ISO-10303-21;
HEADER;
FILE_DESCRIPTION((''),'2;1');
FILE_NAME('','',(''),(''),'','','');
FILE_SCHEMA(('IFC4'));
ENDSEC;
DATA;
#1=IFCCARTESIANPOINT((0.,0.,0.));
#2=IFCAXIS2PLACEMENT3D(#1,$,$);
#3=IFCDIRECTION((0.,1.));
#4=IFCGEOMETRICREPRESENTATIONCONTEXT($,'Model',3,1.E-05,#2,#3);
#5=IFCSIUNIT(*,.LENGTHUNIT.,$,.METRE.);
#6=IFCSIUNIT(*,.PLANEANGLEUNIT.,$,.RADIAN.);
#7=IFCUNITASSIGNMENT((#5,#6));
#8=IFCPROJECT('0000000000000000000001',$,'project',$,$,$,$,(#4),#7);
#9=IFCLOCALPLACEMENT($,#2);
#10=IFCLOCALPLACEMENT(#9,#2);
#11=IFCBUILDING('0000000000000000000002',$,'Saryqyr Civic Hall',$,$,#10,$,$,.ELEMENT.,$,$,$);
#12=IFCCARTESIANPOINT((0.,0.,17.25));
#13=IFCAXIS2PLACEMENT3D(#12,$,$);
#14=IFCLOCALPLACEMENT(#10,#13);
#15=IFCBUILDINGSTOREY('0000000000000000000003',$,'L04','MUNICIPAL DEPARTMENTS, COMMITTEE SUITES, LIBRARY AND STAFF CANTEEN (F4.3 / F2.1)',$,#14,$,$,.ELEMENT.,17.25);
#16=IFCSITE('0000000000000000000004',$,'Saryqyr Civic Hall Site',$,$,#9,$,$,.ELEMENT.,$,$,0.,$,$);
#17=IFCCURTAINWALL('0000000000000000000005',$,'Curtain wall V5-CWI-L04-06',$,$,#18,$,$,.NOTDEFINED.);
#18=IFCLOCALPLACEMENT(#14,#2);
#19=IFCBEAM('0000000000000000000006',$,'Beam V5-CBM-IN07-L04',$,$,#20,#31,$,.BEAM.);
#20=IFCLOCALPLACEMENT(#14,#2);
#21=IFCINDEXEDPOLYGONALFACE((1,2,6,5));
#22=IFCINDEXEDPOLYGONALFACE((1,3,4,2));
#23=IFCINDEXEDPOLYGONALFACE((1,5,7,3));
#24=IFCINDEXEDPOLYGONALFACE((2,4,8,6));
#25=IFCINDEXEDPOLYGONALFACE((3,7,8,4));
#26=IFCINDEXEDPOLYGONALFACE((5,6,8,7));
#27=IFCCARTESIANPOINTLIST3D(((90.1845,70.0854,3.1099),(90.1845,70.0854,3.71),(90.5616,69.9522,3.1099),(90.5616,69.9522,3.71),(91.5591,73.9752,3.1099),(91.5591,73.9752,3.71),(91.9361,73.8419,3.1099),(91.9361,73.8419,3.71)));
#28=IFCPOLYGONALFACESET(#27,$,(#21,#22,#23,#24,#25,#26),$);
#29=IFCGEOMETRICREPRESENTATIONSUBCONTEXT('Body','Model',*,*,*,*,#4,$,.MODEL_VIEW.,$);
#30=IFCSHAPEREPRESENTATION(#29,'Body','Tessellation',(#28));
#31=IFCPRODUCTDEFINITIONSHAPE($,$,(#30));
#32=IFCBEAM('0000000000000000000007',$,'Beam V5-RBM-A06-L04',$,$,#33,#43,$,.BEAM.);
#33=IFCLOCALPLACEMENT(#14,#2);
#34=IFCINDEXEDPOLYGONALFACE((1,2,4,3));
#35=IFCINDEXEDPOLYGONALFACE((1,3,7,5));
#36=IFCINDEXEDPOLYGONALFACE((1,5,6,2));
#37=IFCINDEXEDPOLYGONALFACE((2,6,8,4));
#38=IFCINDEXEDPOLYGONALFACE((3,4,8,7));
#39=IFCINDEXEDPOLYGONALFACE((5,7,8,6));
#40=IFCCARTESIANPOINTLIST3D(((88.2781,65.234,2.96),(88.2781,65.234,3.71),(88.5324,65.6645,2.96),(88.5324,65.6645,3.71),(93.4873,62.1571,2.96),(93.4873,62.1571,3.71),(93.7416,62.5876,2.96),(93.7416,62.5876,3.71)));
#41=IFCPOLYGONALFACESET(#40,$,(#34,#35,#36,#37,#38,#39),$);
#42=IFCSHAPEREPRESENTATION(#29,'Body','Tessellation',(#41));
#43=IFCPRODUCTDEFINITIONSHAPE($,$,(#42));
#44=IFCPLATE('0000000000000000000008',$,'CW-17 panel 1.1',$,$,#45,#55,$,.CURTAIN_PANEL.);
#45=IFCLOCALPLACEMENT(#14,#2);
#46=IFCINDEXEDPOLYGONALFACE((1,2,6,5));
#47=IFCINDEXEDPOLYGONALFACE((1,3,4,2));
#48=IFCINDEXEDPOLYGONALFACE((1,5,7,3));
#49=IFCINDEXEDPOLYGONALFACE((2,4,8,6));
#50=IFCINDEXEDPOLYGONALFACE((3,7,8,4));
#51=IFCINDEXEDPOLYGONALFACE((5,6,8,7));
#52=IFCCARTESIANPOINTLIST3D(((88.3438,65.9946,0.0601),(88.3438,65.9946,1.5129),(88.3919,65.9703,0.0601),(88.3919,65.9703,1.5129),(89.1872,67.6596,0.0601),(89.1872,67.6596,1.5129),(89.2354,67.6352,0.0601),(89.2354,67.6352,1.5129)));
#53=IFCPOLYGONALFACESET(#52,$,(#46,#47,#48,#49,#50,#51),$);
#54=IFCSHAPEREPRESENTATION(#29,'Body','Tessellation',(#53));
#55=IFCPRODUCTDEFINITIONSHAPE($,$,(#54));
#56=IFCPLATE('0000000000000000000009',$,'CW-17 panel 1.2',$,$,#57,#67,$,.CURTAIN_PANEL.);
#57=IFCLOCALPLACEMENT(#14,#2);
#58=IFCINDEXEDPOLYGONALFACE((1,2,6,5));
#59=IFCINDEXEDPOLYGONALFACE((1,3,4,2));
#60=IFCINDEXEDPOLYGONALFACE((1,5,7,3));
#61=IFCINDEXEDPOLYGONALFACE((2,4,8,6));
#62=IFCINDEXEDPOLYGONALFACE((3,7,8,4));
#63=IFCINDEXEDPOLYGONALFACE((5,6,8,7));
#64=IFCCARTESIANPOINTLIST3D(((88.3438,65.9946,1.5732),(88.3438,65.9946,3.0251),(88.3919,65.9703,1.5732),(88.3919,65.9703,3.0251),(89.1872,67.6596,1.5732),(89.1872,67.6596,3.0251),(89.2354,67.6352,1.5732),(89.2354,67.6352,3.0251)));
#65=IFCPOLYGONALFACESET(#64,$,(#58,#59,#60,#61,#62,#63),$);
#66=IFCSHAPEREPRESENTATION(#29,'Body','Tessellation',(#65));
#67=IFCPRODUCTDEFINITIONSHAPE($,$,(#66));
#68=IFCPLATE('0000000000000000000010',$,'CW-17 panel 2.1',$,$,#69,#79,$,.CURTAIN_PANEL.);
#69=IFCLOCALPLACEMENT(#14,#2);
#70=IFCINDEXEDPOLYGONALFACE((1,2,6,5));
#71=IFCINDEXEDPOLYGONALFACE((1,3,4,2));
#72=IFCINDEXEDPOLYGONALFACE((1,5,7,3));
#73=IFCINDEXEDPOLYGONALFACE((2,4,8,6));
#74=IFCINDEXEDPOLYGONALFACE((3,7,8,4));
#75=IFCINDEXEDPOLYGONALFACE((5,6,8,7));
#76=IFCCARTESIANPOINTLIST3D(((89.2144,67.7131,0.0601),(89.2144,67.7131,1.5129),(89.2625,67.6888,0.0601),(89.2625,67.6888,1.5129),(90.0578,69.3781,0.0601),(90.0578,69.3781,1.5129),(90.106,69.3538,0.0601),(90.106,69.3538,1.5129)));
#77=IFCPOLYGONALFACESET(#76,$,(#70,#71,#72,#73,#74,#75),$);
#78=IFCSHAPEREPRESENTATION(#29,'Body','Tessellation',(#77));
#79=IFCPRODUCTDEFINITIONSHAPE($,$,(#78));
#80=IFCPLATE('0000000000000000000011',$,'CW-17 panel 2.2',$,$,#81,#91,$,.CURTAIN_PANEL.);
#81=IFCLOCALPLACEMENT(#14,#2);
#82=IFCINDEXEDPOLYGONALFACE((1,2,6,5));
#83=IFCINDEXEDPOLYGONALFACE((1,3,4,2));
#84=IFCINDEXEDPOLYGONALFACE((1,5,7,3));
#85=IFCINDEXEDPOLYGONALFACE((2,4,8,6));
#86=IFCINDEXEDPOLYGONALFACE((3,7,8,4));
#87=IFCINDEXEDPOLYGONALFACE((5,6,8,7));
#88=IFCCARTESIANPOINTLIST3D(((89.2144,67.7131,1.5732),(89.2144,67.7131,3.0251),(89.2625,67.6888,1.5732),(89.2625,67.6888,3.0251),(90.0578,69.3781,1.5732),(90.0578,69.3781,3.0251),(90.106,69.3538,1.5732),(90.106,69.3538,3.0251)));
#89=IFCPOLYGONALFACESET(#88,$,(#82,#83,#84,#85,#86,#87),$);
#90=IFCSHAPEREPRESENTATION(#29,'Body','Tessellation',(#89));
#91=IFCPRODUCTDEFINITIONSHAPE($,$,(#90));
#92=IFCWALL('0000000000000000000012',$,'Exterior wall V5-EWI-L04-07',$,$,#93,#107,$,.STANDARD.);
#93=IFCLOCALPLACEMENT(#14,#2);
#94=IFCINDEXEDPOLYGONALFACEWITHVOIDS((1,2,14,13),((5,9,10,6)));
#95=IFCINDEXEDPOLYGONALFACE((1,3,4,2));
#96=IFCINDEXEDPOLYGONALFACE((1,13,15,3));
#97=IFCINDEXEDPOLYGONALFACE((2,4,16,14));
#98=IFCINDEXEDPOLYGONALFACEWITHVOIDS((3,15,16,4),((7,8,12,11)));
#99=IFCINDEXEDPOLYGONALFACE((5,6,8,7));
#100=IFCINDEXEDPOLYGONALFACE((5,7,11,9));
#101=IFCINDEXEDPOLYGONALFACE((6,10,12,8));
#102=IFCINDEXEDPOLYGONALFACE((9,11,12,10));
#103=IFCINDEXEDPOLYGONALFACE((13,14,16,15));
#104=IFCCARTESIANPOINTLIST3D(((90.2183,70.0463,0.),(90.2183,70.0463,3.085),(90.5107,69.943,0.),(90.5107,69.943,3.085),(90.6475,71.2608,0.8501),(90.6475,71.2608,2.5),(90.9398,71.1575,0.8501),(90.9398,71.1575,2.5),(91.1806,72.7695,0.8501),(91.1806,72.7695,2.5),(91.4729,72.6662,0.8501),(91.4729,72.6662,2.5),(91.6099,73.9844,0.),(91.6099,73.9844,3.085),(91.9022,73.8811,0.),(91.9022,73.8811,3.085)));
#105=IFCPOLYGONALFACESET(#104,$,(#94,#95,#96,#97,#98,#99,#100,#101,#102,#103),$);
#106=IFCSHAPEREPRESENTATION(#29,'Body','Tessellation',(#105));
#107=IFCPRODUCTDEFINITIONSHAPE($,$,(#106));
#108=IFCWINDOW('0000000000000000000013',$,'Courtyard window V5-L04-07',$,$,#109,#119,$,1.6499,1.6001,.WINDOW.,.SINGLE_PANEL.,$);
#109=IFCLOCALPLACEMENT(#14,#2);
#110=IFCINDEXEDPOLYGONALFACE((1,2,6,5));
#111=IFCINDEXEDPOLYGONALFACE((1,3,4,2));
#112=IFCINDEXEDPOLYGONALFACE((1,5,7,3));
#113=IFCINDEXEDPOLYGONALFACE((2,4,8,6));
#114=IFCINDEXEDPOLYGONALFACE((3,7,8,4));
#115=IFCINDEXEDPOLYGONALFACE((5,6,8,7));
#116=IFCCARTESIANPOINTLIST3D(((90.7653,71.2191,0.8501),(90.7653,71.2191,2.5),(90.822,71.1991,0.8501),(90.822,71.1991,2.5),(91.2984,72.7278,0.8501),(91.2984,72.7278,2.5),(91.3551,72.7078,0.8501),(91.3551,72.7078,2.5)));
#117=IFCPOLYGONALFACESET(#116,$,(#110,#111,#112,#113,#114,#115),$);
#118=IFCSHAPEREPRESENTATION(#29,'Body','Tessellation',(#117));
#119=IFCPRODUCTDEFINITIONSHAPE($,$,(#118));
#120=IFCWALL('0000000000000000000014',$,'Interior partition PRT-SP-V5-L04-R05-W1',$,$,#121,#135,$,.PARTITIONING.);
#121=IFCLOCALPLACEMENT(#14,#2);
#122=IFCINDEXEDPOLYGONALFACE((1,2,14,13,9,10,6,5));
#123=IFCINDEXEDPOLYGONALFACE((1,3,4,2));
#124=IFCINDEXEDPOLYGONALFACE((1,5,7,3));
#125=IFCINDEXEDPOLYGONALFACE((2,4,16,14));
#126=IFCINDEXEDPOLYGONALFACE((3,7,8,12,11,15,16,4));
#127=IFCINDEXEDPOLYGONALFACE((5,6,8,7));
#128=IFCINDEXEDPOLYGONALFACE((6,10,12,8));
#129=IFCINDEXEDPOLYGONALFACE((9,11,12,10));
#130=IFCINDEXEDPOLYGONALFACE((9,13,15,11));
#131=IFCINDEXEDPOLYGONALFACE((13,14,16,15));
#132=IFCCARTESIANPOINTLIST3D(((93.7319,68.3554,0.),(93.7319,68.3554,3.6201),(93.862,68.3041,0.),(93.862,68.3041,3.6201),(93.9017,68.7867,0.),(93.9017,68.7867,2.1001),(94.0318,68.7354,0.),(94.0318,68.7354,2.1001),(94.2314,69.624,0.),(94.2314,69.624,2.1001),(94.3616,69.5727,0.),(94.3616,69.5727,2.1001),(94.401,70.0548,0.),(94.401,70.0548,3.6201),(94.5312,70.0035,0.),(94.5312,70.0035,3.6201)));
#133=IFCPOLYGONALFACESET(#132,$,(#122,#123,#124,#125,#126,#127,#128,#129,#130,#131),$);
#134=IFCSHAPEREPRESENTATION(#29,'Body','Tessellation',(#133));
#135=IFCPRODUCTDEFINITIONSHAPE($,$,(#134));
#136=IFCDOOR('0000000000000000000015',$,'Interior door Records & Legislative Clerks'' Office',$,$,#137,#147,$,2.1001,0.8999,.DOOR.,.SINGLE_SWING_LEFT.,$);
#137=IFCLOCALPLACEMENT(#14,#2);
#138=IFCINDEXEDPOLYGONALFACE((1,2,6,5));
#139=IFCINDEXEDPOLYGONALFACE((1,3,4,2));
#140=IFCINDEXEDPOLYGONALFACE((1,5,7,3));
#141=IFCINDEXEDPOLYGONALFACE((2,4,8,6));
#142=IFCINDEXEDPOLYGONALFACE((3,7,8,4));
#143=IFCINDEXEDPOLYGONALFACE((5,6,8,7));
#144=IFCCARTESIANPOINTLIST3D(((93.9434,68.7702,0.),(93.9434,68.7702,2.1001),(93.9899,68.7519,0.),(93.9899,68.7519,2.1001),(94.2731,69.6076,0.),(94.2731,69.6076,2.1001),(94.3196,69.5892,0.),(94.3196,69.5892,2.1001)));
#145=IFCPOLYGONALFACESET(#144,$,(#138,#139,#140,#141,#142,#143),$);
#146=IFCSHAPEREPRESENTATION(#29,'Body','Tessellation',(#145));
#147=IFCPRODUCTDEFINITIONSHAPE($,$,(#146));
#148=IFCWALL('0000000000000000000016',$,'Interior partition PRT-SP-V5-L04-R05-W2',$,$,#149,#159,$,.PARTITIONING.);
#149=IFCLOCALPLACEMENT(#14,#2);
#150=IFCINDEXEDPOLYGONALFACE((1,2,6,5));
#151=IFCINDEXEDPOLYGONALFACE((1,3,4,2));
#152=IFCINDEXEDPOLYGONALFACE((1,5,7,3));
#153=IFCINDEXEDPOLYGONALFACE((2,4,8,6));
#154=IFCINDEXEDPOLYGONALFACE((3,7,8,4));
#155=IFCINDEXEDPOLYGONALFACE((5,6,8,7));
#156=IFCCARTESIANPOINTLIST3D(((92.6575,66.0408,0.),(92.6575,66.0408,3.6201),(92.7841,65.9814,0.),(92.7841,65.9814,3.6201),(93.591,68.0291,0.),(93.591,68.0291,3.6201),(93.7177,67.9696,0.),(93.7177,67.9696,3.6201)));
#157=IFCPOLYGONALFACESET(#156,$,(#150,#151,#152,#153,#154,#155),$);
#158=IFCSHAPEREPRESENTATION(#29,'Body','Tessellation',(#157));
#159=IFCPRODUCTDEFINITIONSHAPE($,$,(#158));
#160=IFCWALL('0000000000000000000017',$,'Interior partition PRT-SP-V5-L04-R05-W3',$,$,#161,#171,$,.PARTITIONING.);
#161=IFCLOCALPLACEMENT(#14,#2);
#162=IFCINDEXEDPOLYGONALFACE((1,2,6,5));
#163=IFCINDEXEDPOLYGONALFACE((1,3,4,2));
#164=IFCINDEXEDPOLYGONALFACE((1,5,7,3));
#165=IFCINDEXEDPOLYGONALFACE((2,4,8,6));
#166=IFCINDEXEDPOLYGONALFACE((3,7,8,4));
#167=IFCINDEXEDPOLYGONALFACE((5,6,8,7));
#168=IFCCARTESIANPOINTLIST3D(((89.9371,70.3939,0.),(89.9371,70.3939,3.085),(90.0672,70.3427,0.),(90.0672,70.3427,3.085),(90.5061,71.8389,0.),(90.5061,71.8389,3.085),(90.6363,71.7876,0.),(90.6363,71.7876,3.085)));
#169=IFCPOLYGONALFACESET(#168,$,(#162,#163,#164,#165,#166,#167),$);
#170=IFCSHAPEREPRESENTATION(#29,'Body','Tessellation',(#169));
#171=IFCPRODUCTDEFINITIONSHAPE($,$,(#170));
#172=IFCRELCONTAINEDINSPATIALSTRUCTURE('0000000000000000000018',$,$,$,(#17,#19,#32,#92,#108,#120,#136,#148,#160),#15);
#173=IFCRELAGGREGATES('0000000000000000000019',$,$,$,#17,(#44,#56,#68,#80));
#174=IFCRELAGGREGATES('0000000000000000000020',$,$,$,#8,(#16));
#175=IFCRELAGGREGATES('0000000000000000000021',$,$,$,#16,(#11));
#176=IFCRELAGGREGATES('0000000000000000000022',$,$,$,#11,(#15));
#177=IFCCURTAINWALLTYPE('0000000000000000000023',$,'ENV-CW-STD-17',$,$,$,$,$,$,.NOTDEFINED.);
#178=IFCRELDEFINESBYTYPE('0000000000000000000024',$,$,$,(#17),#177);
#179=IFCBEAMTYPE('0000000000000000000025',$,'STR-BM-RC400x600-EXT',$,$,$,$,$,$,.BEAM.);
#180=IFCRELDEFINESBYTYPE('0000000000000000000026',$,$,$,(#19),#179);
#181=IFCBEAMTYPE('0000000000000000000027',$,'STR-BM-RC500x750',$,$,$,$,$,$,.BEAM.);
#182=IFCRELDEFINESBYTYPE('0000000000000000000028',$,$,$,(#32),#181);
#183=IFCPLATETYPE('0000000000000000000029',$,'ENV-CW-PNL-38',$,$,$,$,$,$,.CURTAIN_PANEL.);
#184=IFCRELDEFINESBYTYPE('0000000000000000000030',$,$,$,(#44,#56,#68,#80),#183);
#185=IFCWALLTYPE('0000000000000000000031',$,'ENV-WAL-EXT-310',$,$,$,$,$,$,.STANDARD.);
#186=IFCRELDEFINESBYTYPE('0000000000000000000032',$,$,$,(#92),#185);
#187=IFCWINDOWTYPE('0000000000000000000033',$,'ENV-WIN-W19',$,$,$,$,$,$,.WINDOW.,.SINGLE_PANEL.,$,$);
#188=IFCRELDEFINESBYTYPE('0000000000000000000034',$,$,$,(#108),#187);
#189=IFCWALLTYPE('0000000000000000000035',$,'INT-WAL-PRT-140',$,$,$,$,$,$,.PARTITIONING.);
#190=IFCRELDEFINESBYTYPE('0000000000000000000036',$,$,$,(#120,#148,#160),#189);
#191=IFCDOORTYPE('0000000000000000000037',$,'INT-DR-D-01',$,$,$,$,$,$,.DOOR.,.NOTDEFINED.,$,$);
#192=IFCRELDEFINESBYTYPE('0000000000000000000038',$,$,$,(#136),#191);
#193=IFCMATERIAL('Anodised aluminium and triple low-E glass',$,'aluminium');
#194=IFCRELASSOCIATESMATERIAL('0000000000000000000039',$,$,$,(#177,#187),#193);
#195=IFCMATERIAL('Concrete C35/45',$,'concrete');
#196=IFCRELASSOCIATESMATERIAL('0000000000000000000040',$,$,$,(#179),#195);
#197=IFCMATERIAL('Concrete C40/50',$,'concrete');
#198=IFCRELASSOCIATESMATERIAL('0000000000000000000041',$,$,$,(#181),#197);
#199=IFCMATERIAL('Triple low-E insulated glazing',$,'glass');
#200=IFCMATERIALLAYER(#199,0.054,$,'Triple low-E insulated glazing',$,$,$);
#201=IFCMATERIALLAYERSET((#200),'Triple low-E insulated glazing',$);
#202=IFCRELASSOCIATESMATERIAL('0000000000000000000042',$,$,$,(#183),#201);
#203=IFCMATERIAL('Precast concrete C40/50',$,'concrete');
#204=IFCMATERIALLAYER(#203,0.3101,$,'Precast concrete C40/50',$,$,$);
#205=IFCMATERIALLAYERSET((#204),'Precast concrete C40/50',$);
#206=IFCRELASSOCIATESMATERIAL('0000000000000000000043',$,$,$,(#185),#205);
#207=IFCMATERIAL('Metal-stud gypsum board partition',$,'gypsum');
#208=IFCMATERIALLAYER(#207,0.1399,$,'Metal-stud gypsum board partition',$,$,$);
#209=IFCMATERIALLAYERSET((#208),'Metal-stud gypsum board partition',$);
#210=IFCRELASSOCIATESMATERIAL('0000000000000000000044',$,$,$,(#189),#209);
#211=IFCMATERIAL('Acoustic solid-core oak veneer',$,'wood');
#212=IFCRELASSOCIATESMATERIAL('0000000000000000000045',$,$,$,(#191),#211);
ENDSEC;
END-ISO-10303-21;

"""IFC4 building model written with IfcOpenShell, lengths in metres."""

from ifc_helpers import new_model, si_unit, direction, frame, frame_2d, origin, origin_2d, place, context, subcontext, project, spatial, rectangle, extrude, material, layer, layer_set, material_profile, profile_set, type_object, element, fill, aggregate, save


model = new_model("IFC4")

# Units and contexts
model_context = context("Model", 3, precision=1e-05, world=origin(), true_north=direction((0.0, 1.0)))
body_context = subcontext(model_context, "Body", "Model", "MODEL_VIEW")
ifc_project = project(units=[si_unit("LENGTHUNIT", "METRE"), si_unit("PLANEANGLEUNIT", "RADIAN")], contexts=[model_context])

# Site, building, storey
site_placement = place(None, origin())
site = spatial("IfcSite", under=ifc_project, at=site_placement, Name="Saryqyr Civic Hall Site", CompositionType="ELEMENT", RefElevation=0.0)
building_placement = place(site_placement, origin())
building = spatial("IfcBuilding", under=site, at=building_placement, Name="Saryqyr Civic Hall", CompositionType="ELEMENT")
storey_placement = place(building_placement, frame((0.0, 0.0, 17.25)))
storey = spatial("IfcBuildingStorey", under=building, at=storey_placement, Name="L04", Description="MUNICIPAL DEPARTMENTS, COMMITTEE SUITES, LIBRARY AND STAFF CANTEEN (F4.3 / F2.1)", CompositionType="ELEMENT", Elevation=17.25)

# Shared definitions
ifc_material_1 = material(Name="Concrete C40/50", Category="concrete")

# Curtain wall
ifc_material_2 = material(Name="Anodised aluminium and triple low-E glass", Category="aluminium")
curtain_wall_type = type_object("IfcCurtainWallType", Name="ENV-CW-STD-17", PredefinedType="NOTDEFINED", material=ifc_material_2)
curtain_wall_placement = place(storey_placement, origin())
curtain_wall = element("IfcCurtainWall", 1, at=curtain_wall_placement, inside=storey, type_object=curtain_wall_type, Name="Curtain wall V5-CWI-L04-06", PredefinedType="NOTDEFINED")

# Beams
ifc_material_3 = material(Name="Concrete C35/45", Category="concrete")
ifc_material_profile_1 = material_profile(ifc_material_3, rectangle(XDim=0.3999, YDim=0.6001, at=origin_2d()), Name="RC 400x600")
ifc_profile_set_1 = profile_set([ifc_material_profile_1], Name="Concrete C35/45")
beam_type_1 = type_object("IfcBeamType", Name="STR-BM-RC400x600-EXT", PredefinedType="BEAM", material=ifc_profile_set_1)
for number, where, z_axis, x_axis, name in (
    (2, (90.373, 70.0188, 3.4099), (0.333185, 0.942861, 0.0), (-0.942861, 0.333185, 0.0), "Beam V5-CBM-IN07-L04"),
):
    element("IfcBeam", number, at=place(storey_placement, frame(where, z_axis=z_axis, x_axis=x_axis)), inside=storey, type_object=beam_type_1, Name=name, PredefinedType="BEAM", context=body_context, shape_type="SweptSolid", body=[
        extrude(rectangle(XDim=0.3999, YDim=0.6001, at=origin_2d()), origin(), (0.0, 0.0, 1.0), 4.1255),
    ])
ifc_material_profile_2 = material_profile(ifc_material_1, rectangle(XDim=0.5, YDim=0.75, at=origin_2d()), Name="RC 500x750")
ifc_profile_set_2 = profile_set([ifc_material_profile_2], Name="Concrete C40/50")
beam_type_2 = type_object("IfcBeamType", Name="STR-BM-RC500x750", PredefinedType="BEAM", material=ifc_profile_set_2)
beam_placement = place(storey_placement, frame((88.4053, 65.4492, 3.335), z_axis=(0.861019, -0.508573, 0.0), x_axis=(0.508573, 0.861019, 0.0)))
element("IfcBeam", 3, at=beam_placement, inside=storey, type_object=beam_type_2, Name="Beam V5-RBM-A06-L04", PredefinedType="BEAM", context=body_context, shape_type="SweptSolid", body=[
    extrude(rectangle(XDim=0.5, YDim=0.75, at=origin_2d()), origin(), (0.0, 0.0, 1.0), 6.05),
])

# Plates
ifc_material_4 = material(Name="Triple low-E insulated glazing", Category="glass")
ifc_layer_1 = layer(ifc_material_4, 0.054, Name="Triple low-E insulated glazing")
ifc_layer_set_1 = layer_set([ifc_layer_1], Name="Triple low-E insulated glazing")
plate_type = type_object("IfcPlateType", Name="ENV-CW-PNL-38", PredefinedType="CURTAIN_PANEL", material=ifc_layer_set_1)
plate_1_placement = place(storey_placement, frame((88.7896, 66.8149, 0.0601), z_axis=(0.0, 0.0, 1.0), x_axis=(0.45191, 0.892064, 0.0)))
plate_1 = element("IfcPlate", 4, at=plate_1_placement, type_object=plate_type, Name="CW-17 panel 1.1", PredefinedType="CURTAIN_PANEL", context=body_context, shape_type="SweptSolid", body=[
    extrude(rectangle(XDim=1.8665, YDim=0.054, at=origin_2d()), origin(), (0.0, 0.0, 1.0), 1.4529),
])
plate_2_placement = place(storey_placement, frame((88.7896, 66.8149, 1.5732), z_axis=(0.0, 0.0, 1.0), x_axis=(0.45191, 0.892064, 0.0)))
plate_2 = element("IfcPlate", 5, at=plate_2_placement, type_object=plate_type, Name="CW-17 panel 1.2", PredefinedType="CURTAIN_PANEL", context=body_context, shape_type="SweptSolid", body=[
    extrude(rectangle(XDim=1.8665, YDim=0.054, at=origin_2d()), origin(), (0.0, 0.0, 1.0), 1.4519),
])
plate_3_placement = place(storey_placement, frame((89.6602, 68.5334, 0.0601), z_axis=(0.0, 0.0, 1.0), x_axis=(0.45191, 0.892064, 0.0)))
plate_3 = element("IfcPlate", 6, at=plate_3_placement, type_object=plate_type, Name="CW-17 panel 2.1", PredefinedType="CURTAIN_PANEL", context=body_context, shape_type="SweptSolid", body=[
    extrude(rectangle(XDim=1.8665, YDim=0.054, at=origin_2d()), origin(), (0.0, 0.0, 1.0), 1.4529),
])
plate_4_placement = place(storey_placement, frame((89.6602, 68.5334, 1.5732), z_axis=(0.0, 0.0, 1.0), x_axis=(0.45191, 0.892064, 0.0)))
plate_4 = element("IfcPlate", 7, at=plate_4_placement, type_object=plate_type, Name="CW-17 panel 2.2", PredefinedType="CURTAIN_PANEL", context=body_context, shape_type="SweptSolid", body=[
    extrude(rectangle(XDim=1.8665, YDim=0.054, at=origin_2d()), origin(), (0.0, 0.0, 1.0), 1.4519),
])
aggregate(curtain_wall, [plate_1, plate_2, plate_3, plate_4])

# Wall, opening, window
ifc_material_5 = material(Name="Precast concrete C40/50", Category="concrete")
ifc_layer_2 = layer(ifc_material_5, 0.3101, Name="Precast concrete C40/50")
ifc_layer_set_2 = layer_set([ifc_layer_2], Name="Precast concrete C40/50")
wall_type_1 = type_object("IfcWallType", Name="ENV-WAL-EXT-310", PredefinedType="STANDARD", material=ifc_layer_set_2)
wall_1_placement = place(storey_placement, frame((90.3645, 69.9946, 0.0), z_axis=(0.0, 0.0, 1.0), x_axis=(0.333169, 0.942867, 0.0)))
wall_1 = element("IfcWall", 8, at=wall_1_placement, inside=storey, type_object=wall_type_1, Name="Exterior wall V5-EWI-L04-07", PredefinedType="STANDARD", context=body_context, shape_type="SweptSolid", body=[
    extrude(rectangle(XDim=4.1768, YDim=0.3101, at=frame_2d((2.0884, 0.0))), origin(), (0.0, 0.0, 1.0), 3.085),
])
opening_1_placement = place(wall_1_placement, frame((1.2881, 0.0, 0.8501)))
opening_1 = element("IfcOpeningElement", 9, at=opening_1_placement, cuts=wall_1, PredefinedType="OPENING", context=body_context, shape_type="SweptSolid", body=[
    extrude(rectangle(XDim=1.6001, YDim=1.6499, at=frame_2d((0.8, 0.825))), frame((0.0, 0.165, 0.0), z_axis=(0.0, -1.0, 0.0), x_axis=(1.0, 0.0, 0.0)), (0.0, 0.0, 1.0), 0.3301),
])
window_type = type_object("IfcWindowType", Name="ENV-WIN-W19", PartitioningType="SINGLE_PANEL", PredefinedType="WINDOW", material=ifc_material_2)
window_placement = place(opening_1_placement, origin())
window = element("IfcWindow", 10, at=window_placement, inside=storey, type_object=window_type, Name="Courtyard window V5-L04-07", OverallHeight=1.6499, OverallWidth=1.6001, PartitioningType="SINGLE_PANEL", PredefinedType="WINDOW", context=body_context, shape_type="SweptSolid", body=[
    extrude(rectangle(XDim=1.6001, YDim=1.6499, at=frame_2d((0.8, 0.825))), frame((0.0, 0.03, 0.0), z_axis=(0.0, -1.0, 0.0), x_axis=(1.0, 0.0, 0.0)), (0.0, 0.0, 1.0), 0.0601),
])
fill(opening_1, window)

# Wall, opening, door
ifc_material_6 = material(Name="Metal-stud gypsum board partition", Category="gypsum")
ifc_layer_3 = layer(ifc_material_6, 0.1399, Name="Metal-stud gypsum board partition")
ifc_layer_set_3 = layer_set([ifc_layer_3], Name="Metal-stud gypsum board partition")
wall_type_2 = type_object("IfcWallType", Name="INT-WAL-PRT-140", PredefinedType="PARTITIONING", material=ifc_layer_set_3)
wall_2_placement = place(storey_placement, frame((94.4661, 70.0291, 0.0), z_axis=(0.0, 0.0, 1.0), x_axis=(-0.366384, -0.930464, 0.0)))
wall_2 = element("IfcWall", 11, at=wall_2_placement, inside=storey, type_object=wall_type_2, Name="Interior partition PRT-SP-V5-L04-R05-W1", PredefinedType="PARTITIONING", context=body_context, shape_type="SweptSolid", body=[
    extrude(rectangle(XDim=1.8264, YDim=0.1399, at=frame_2d((0.9131, 0.0))), origin(), (0.0, 0.0, 1.0), 3.6201),
])
opening_2_placement = place(wall_2_placement, frame((0.4629, 0.0, 0.0)))
opening_2 = element("IfcOpeningElement", 12, at=opening_2_placement, cuts=wall_2, PredefinedType="OPENING", context=body_context, shape_type="SweptSolid", body=[
    extrude(rectangle(XDim=0.8999, YDim=2.1001, at=frame_2d((0.45, 1.05))), frame((0.0, 0.0798, 0.0), z_axis=(0.0, -1.0, 0.0), x_axis=(1.0, 0.0, 0.0)), (0.0, 0.0, 1.0), 0.1599),
])
ifc_material_7 = material(Name="Acoustic solid-core oak veneer", Category="wood")
door_type = type_object("IfcDoorType", Name="INT-DR-D-01", OperationType="NOTDEFINED", PredefinedType="DOOR", material=ifc_material_7)
door_placement = place(opening_2_placement, origin())
door = element("IfcDoor", 13, at=door_placement, inside=storey, type_object=door_type, Name="Interior door Records & Legislative Clerks' Office", OperationType="SINGLE_SWING_LEFT", OverallHeight=2.1001, OverallWidth=0.8999, PredefinedType="DOOR", context=body_context, shape_type="SweptSolid", body=[
    extrude(rectangle(XDim=0.8999, YDim=2.1001, at=frame_2d((0.45, 1.05))), frame((0.0, 0.0249, 0.0), z_axis=(0.0, -1.0, 0.0), x_axis=(1.0, 0.0, 0.0)), (0.0, 0.0, 1.0), 0.05),
])
fill(opening_2, door)

# Walls
wall_3_placement = place(storey_placement, frame((93.6543, 67.9993, 0.0), z_axis=(0.0, 0.0, 1.0), x_axis=(-0.425026, -0.905181, 0.0)))
element("IfcWall", 14, at=wall_3_placement, inside=storey, type_object=wall_type_2, Name="Interior partition PRT-SP-V5-L04-R05-W2", PredefinedType="PARTITIONING", context=body_context, shape_type="SweptSolid", body=[
    extrude(rectangle(XDim=2.1965, YDim=0.1399, at=frame_2d((1.0981, 0.0))), origin(), (0.0, 0.0, 1.0), 3.6201),
])
wall_4_placement = place(storey_placement, frame((90.0022, 70.3684, 0.0), z_axis=(0.0, 0.0, 1.0), x_axis=(0.366426, 0.930447, 0.0)))
element("IfcWall", 15, at=wall_4_placement, inside=storey, type_object=wall_type_2, Name="Interior partition PRT-SP-V5-L04-R05-W3", PredefinedType="PARTITIONING", context=body_context, shape_type="SweptSolid", body=[
    extrude(rectangle(XDim=1.553, YDim=0.1399, at=frame_2d((0.7764, 0.0))), origin(), (0.0, 0.0, 1.0), 3.085),
])

save(model, "model.ifc")
